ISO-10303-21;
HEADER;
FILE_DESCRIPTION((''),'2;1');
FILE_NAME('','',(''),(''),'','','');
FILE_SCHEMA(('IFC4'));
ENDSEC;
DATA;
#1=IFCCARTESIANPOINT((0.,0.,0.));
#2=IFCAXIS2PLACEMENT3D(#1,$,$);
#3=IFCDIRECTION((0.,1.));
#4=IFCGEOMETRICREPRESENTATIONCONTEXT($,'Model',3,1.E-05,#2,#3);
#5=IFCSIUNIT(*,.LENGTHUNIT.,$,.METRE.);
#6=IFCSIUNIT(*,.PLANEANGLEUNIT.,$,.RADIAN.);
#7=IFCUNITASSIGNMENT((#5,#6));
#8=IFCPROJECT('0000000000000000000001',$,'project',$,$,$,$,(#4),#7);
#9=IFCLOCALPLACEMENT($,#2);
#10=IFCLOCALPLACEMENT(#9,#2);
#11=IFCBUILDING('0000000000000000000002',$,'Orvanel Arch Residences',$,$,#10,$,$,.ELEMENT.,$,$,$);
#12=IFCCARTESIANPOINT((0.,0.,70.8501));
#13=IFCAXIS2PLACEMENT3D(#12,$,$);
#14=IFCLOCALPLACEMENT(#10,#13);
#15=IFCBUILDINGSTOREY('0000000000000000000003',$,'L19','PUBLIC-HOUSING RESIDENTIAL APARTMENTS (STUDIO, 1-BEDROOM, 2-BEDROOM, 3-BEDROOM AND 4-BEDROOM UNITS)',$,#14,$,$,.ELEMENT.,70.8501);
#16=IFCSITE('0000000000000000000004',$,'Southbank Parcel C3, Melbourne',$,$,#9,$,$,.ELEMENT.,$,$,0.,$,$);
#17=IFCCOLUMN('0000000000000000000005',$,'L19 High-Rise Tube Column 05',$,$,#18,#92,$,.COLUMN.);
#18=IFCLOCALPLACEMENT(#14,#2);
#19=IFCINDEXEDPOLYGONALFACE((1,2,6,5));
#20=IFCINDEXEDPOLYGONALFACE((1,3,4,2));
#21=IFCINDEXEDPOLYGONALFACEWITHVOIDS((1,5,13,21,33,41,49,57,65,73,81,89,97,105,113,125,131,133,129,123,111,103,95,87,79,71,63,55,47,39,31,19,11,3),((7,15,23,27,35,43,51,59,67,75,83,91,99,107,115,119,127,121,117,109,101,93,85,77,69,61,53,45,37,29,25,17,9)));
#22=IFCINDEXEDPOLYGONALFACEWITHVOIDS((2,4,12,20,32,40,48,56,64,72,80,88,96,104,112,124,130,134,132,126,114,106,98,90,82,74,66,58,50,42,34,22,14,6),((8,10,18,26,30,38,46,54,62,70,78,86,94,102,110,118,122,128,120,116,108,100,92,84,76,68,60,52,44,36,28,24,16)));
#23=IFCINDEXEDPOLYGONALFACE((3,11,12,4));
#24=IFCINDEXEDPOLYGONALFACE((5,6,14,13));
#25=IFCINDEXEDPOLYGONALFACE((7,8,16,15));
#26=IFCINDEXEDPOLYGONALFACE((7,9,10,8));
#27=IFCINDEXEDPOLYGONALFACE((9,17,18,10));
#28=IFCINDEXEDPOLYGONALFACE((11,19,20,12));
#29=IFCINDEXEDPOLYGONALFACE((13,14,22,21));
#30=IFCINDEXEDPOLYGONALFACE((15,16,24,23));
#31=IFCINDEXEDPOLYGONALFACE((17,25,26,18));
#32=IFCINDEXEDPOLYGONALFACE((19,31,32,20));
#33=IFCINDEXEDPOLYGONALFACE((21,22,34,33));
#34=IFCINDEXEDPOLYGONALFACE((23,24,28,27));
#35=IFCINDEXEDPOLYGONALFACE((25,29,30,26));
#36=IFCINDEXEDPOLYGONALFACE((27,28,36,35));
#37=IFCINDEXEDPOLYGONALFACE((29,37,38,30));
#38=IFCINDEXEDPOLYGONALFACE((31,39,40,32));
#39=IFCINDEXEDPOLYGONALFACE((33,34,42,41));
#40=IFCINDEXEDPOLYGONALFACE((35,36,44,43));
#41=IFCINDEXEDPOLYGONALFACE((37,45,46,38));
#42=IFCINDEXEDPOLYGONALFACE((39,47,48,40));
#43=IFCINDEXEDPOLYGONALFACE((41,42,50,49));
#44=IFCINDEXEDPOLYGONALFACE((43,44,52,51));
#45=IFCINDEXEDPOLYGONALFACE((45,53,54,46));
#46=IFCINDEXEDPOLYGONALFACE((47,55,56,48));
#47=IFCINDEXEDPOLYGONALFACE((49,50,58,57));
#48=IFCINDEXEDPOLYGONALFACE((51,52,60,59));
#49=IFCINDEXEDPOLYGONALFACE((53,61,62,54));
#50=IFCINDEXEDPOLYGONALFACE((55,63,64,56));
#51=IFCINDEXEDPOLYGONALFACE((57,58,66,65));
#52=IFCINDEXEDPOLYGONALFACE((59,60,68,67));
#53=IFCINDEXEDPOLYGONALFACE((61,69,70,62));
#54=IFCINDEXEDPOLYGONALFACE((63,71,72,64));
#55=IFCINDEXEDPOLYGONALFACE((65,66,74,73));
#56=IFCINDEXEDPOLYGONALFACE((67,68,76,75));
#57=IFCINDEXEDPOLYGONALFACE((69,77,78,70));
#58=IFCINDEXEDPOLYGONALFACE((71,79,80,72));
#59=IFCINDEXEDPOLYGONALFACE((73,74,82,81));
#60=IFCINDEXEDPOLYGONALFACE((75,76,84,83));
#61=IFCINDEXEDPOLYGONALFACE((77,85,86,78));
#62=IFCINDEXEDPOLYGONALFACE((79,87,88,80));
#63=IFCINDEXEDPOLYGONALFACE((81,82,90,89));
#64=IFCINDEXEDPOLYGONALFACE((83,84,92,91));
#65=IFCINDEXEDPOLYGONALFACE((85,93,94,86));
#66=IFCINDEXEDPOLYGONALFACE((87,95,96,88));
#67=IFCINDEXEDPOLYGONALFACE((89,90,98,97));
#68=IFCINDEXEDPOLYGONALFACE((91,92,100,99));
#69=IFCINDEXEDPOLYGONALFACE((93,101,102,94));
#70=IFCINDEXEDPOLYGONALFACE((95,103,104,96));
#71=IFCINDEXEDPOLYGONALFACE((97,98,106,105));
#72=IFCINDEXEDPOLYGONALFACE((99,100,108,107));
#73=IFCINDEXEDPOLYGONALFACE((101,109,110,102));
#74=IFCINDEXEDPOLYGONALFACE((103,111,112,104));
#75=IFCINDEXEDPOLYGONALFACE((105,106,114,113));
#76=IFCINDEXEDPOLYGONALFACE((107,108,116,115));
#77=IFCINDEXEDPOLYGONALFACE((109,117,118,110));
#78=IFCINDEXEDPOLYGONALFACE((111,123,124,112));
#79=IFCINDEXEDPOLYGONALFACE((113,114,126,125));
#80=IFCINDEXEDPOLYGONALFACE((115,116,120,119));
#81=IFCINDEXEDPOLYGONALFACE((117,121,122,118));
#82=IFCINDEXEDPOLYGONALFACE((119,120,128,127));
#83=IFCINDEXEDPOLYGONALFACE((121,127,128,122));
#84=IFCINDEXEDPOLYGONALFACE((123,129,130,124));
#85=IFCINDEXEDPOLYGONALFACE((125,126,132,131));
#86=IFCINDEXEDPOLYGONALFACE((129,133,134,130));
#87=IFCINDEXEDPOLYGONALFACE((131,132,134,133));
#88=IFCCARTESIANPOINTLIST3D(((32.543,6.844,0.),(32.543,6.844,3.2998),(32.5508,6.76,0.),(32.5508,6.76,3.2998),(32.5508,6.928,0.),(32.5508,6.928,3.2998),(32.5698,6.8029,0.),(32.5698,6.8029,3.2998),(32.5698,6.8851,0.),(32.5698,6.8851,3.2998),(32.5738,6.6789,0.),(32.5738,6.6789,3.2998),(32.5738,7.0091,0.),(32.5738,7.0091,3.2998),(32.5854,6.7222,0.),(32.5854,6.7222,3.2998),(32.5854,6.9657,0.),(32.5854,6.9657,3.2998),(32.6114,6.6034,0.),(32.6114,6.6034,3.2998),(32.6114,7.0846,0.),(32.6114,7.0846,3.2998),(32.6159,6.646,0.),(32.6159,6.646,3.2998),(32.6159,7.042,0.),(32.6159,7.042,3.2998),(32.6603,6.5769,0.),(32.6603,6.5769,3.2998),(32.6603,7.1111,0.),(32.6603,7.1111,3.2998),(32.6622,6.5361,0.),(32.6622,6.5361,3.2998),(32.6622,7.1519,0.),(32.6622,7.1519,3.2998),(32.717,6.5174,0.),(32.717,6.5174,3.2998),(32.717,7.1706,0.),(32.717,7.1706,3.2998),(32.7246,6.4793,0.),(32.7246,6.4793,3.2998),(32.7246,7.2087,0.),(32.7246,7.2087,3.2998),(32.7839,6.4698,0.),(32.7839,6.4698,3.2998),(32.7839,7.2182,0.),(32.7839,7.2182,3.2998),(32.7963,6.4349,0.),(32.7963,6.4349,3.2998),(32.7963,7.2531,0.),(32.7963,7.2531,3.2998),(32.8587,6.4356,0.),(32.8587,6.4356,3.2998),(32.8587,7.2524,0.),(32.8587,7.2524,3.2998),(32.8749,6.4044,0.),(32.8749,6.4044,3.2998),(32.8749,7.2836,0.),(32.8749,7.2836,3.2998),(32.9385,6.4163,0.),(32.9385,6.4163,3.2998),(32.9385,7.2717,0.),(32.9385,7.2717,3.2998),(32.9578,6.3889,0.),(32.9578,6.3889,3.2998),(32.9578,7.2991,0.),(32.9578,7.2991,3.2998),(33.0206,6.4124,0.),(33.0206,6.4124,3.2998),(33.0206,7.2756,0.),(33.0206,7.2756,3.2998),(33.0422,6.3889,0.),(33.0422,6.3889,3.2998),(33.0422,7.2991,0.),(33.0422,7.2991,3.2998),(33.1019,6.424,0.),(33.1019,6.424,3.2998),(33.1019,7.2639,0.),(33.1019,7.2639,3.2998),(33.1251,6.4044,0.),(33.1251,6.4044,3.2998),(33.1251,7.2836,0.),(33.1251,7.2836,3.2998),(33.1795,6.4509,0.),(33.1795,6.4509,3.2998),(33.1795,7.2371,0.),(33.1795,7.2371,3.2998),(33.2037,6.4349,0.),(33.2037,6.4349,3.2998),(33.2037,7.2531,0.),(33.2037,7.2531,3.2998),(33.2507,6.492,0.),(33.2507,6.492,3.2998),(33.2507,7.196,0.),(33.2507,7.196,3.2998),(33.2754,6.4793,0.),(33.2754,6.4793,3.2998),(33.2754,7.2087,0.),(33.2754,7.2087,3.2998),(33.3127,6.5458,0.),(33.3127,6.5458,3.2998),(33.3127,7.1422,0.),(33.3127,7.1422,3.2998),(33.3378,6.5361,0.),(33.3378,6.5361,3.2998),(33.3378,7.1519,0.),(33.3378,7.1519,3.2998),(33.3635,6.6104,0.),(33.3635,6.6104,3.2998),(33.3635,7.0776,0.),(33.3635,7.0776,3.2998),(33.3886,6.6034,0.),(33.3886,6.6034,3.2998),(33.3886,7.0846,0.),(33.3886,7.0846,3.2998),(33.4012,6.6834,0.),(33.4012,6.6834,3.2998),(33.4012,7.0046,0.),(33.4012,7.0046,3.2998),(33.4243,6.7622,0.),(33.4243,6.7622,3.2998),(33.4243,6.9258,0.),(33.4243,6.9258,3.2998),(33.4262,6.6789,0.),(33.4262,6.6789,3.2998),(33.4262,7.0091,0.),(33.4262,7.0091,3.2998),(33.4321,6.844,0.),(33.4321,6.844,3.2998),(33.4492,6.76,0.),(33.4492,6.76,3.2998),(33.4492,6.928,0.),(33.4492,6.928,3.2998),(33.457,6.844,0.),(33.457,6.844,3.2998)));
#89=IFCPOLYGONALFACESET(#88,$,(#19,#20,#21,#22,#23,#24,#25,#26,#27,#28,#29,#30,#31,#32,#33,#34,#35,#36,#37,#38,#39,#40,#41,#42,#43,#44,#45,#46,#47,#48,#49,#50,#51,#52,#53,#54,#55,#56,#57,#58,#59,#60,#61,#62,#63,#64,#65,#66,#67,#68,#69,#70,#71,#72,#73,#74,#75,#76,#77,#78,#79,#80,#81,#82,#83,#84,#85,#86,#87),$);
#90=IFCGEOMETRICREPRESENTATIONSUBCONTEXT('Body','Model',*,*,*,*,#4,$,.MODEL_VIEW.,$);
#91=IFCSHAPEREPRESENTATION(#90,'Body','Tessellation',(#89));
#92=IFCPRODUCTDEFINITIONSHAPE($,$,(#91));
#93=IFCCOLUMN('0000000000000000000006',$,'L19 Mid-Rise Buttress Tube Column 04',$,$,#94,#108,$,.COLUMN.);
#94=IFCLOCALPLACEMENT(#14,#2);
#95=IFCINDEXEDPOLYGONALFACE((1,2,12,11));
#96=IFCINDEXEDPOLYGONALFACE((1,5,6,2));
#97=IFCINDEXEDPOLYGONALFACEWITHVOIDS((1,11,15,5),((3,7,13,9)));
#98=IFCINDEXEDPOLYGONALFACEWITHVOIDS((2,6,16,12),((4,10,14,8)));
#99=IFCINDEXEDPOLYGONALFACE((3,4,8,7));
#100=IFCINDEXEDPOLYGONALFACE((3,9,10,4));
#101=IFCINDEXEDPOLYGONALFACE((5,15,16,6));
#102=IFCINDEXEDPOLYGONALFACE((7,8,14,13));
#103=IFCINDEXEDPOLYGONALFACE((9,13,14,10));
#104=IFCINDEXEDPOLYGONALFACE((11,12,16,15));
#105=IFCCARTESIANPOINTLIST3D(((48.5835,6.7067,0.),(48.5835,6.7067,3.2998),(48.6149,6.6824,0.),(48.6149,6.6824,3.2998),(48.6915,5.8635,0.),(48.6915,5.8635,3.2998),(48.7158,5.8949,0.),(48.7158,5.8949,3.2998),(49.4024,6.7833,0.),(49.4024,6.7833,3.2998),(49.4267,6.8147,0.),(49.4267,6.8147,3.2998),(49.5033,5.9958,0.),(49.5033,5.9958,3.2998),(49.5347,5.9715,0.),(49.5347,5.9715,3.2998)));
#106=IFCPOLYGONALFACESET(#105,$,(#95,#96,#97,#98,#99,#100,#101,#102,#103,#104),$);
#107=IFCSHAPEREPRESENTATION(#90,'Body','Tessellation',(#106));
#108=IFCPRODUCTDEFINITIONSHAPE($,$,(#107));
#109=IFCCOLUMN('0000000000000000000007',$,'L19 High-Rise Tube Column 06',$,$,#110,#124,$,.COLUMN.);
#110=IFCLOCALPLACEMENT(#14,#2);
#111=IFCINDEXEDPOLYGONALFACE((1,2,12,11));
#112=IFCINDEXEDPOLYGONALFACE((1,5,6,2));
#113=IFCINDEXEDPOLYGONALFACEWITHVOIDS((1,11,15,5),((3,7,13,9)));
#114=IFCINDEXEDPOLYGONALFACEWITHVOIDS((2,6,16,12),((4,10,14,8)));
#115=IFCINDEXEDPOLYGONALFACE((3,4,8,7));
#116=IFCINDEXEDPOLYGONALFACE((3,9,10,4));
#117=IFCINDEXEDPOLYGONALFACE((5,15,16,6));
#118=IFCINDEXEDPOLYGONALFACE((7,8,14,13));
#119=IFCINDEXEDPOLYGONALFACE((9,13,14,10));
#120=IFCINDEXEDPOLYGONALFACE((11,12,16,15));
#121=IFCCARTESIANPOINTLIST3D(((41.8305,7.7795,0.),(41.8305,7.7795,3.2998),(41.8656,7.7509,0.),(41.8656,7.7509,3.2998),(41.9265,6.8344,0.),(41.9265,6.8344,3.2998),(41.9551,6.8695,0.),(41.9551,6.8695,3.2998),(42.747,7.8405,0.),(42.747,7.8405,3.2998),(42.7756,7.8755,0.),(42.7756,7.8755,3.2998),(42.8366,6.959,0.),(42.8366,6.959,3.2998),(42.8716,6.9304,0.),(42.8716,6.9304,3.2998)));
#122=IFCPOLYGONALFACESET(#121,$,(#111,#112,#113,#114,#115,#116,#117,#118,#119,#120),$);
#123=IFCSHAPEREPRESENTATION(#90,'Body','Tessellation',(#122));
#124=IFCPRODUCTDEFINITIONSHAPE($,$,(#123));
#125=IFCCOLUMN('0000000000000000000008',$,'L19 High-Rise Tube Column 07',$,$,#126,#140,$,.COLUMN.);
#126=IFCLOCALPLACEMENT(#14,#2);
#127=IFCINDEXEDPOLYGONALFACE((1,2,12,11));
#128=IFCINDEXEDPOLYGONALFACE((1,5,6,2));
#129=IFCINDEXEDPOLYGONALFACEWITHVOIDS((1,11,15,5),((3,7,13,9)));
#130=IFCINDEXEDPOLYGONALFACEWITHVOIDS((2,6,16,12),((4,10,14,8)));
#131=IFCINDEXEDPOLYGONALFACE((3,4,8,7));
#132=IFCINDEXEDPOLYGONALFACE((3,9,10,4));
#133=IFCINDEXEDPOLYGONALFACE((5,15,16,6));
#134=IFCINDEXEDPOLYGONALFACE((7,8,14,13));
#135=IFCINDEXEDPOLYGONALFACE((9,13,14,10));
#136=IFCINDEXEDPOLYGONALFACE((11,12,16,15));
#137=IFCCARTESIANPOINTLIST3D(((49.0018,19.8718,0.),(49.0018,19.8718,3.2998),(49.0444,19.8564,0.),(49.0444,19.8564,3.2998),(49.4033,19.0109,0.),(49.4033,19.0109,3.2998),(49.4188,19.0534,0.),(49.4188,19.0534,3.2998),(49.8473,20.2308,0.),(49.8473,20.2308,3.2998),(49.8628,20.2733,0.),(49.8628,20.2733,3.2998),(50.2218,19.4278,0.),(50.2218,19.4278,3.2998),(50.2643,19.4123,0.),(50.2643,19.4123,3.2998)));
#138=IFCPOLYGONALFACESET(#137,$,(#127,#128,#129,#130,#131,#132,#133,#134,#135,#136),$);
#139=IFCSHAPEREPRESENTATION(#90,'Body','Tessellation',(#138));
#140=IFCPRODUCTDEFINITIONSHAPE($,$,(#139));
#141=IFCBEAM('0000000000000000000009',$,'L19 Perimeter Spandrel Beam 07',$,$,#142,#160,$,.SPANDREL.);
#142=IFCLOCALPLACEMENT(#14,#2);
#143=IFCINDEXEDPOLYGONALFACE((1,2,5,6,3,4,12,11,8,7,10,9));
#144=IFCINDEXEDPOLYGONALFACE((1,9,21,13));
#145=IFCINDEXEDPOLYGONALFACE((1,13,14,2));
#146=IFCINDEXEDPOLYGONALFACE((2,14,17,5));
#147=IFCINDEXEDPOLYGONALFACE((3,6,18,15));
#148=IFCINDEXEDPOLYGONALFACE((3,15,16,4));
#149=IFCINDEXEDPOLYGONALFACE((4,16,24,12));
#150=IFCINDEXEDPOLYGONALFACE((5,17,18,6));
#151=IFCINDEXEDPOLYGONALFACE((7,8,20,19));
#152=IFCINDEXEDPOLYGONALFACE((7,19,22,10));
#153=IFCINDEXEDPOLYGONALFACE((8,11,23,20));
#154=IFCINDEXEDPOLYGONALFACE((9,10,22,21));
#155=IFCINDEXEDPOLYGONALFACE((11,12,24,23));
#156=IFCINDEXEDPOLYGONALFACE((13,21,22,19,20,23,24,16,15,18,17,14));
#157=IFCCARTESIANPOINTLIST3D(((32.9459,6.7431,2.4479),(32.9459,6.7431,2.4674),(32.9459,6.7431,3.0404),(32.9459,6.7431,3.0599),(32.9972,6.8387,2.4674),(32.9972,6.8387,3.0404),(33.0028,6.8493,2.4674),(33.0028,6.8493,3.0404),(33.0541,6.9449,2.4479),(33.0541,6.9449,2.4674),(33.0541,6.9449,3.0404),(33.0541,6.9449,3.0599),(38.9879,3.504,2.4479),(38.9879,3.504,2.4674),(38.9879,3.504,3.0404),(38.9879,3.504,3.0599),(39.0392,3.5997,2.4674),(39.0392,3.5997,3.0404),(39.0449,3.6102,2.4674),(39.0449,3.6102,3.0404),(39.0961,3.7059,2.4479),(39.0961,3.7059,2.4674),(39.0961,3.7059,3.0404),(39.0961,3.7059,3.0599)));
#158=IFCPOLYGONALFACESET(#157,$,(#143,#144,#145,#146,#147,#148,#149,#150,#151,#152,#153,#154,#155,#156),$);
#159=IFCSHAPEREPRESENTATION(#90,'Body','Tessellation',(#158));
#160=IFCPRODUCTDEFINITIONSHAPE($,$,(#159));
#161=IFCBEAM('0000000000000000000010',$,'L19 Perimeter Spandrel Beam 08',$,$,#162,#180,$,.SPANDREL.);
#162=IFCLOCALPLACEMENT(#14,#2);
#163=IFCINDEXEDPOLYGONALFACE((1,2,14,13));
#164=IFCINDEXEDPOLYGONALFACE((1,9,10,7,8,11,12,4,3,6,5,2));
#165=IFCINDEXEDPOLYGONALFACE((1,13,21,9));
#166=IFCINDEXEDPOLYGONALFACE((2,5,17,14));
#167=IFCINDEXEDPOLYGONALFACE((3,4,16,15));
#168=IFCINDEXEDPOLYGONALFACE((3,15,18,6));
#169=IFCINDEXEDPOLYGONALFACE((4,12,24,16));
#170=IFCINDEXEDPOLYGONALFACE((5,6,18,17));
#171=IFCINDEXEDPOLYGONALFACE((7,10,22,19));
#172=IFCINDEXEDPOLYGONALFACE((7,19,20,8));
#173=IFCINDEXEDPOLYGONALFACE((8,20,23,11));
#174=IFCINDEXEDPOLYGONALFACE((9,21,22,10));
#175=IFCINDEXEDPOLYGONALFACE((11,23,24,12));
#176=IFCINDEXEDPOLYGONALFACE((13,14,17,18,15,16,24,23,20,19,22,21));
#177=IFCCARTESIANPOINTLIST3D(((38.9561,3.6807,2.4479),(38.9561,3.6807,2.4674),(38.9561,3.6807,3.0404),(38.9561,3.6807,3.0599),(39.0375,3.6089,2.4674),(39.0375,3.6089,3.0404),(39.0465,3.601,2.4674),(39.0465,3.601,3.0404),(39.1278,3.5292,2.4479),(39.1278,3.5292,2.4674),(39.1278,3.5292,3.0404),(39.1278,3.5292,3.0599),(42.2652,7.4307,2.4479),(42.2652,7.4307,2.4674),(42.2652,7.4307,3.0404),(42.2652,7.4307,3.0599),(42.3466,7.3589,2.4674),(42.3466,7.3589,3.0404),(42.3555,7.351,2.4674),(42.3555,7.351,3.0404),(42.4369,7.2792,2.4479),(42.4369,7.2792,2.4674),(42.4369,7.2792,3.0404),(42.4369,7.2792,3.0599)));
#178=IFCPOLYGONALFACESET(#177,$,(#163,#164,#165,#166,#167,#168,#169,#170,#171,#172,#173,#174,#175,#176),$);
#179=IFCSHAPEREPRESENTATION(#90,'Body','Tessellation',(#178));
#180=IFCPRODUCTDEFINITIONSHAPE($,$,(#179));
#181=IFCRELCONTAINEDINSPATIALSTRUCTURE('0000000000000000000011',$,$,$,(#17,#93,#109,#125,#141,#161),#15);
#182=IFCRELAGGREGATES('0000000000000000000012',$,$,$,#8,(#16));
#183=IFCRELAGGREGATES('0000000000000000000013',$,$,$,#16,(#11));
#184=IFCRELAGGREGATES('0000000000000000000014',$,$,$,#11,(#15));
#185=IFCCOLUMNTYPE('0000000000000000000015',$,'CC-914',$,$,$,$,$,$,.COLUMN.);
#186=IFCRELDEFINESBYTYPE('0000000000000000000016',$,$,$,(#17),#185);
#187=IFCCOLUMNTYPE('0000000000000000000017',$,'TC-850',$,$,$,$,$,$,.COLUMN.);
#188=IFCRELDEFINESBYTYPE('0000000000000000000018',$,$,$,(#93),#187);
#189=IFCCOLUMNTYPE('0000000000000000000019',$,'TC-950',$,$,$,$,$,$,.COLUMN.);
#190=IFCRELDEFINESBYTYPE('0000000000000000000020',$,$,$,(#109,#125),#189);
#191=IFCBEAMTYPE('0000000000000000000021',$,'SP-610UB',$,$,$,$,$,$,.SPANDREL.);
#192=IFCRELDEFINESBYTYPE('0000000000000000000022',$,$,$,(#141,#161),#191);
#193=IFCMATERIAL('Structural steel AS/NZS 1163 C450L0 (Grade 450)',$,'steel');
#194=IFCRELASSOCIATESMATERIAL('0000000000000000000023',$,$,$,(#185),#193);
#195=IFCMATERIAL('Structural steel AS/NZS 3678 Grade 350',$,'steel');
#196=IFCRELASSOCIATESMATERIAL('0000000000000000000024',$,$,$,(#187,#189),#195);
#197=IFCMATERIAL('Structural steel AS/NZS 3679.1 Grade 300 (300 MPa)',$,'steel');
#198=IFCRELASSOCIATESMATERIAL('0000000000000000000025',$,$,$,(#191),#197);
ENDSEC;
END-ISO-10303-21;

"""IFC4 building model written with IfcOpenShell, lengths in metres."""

from ifc_helpers import new_model, si_unit, direction, frame, origin, origin_2d, place, context, subcontext, project, spatial, hollow_rectangle, hollow_circle, i_section, extrude, material, material_profile, profile_set, type_object, element, save


model = new_model("IFC4")

# Units and contexts
model_context = context("Model", 3, precision=1e-05, world=origin(), true_north=direction((0.0, 1.0)))
body_context = subcontext(model_context, "Body", "Model", "MODEL_VIEW")
ifc_project = project(units=[si_unit("LENGTHUNIT", "METRE"), si_unit("PLANEANGLEUNIT", "RADIAN")], contexts=[model_context])

# Site, building, storey
site_placement = place(None, origin())
site = spatial("IfcSite", under=ifc_project, at=site_placement, Name="Southbank Parcel C3, Melbourne", CompositionType="ELEMENT", RefElevation=0.0)
building_placement = place(site_placement, origin())
building = spatial("IfcBuilding", under=site, at=building_placement, Name="Orvanel Arch Residences", CompositionType="ELEMENT")
storey_placement = place(building_placement, frame((0.0, 0.0, 70.8501)))
storey = spatial("IfcBuildingStorey", under=building, at=storey_placement, Name="L19", Description="PUBLIC-HOUSING RESIDENTIAL APARTMENTS (STUDIO, 1-BEDROOM, 2-BEDROOM, 3-BEDROOM AND 4-BEDROOM UNITS)", CompositionType="ELEMENT", Elevation=70.8501)

# Columns
ifc_material_1 = material(Name="Structural steel AS/NZS 1163 C450L0 (Grade 450)", Category="steel")
ifc_material_profile_1 = material_profile(ifc_material_1, hollow_circle(Radius=0.457, WallThickness=0.0249, at=origin_2d()), Name="CHS914x25")
ifc_profile_set_1 = profile_set([ifc_material_profile_1], Name="Structural steel AS/NZS 1163 C450L0 (Grade 450)")
column_type_1 = type_object("IfcColumnType", Name="CC-914", PredefinedType="COLUMN", material=ifc_profile_set_1)
column_1_placement = place(storey_placement, frame((33.0, 6.844, 0.0), z_axis=(0.0, 0.0, 1.0), x_axis=(1.0, 0.0, 0.0)))
element("IfcColumn", 1, at=column_1_placement, inside=storey, type_object=column_type_1, Name="L19 High-Rise Tube Column 05", PredefinedType="COLUMN", context=body_context, shape_type="SweptSolid", body=[
    extrude(hollow_circle(Radius=0.457, WallThickness=0.0249, at=origin_2d()), origin(), (0.0, 0.0, 1.0), 3.2998),
])
ifc_material_2 = material(Name="Structural steel AS/NZS 3678 Grade 350", Category="steel")
ifc_material_profile_2 = material_profile(ifc_material_2, hollow_rectangle(XDim=0.8501, YDim=0.8501, WallThickness=0.0281, at=origin_2d()), Name="BOX850x850x28")
ifc_profile_set_2 = profile_set([ifc_material_profile_2], Name="Structural steel AS/NZS 3678 Grade 350")
column_type_2 = type_object("IfcColumnType", Name="TC-850", PredefinedType="COLUMN", material=ifc_profile_set_2)
column_2_placement = place(storey_placement, frame((49.0591, 6.3391, 0.0), z_axis=(0.0, 0.0, 1.0), x_axis=(0.991894, 0.127065, 0.0)))
element("IfcColumn", 2, at=column_2_placement, inside=storey, type_object=column_type_2, Name="L19 Mid-Rise Buttress Tube Column 04", PredefinedType="COLUMN", context=body_context, shape_type="SweptSolid", body=[
    extrude(hollow_rectangle(XDim=0.8501, YDim=0.8501, WallThickness=0.0281, at=origin_2d()), origin(), (0.0, 0.0, 1.0), 3.2998),
])
ifc_material_profile_3 = material_profile(ifc_material_2, hollow_rectangle(XDim=0.95, YDim=0.95, WallThickness=0.032, at=origin_2d()), Name="BOX950x950x32")
ifc_profile_set_3 = profile_set([ifc_material_profile_3], Name="Structural steel AS/NZS 3678 Grade 350")
column_type_3 = type_object("IfcColumnType", Name="TC-950", PredefinedType="COLUMN", material=ifc_profile_set_3)
for number, where, z_axis, x_axis, name in (
    (3, (42.3511, 7.355, 0.0), (0.0, 0.0, 1.0), (0.994881, 0.101056, 0.0), "L19 High-Rise Tube Column 06"),
    (4, (49.6331, 19.6421, 0.0), (0.0, 0.0, 1.0), (-0.422618, 0.906308, 0.0), "L19 High-Rise Tube Column 07"),
):
    element("IfcColumn", number, at=place(storey_placement, frame(where, z_axis=z_axis, x_axis=x_axis)), inside=storey, type_object=column_type_3, Name=name, PredefinedType="COLUMN", context=body_context, shape_type="SweptSolid", body=[
        extrude(hollow_rectangle(XDim=0.95, YDim=0.95, WallThickness=0.032, at=origin_2d()), origin(), (0.0, 0.0, 1.0), 3.2998),
    ])

# Beams
ifc_material_3 = material(Name="Structural steel AS/NZS 3679.1 Grade 300 (300 MPa)", Category="steel")
ifc_material_profile_4 = material_profile(ifc_material_3, i_section(OverallWidth=0.229, OverallDepth=0.6121, WebThickness=0.012, FlangeThickness=0.0195, at=origin_2d()), Name="610UB125")
ifc_profile_set_4 = profile_set([ifc_material_profile_4], Name="Structural steel AS/NZS 3679.1 Grade 300 (300 MPa)")
beam_type = type_object("IfcBeamType", Name="SP-610UB", PredefinedType="SPANDREL", material=ifc_profile_set_4)
beam_1_placement = place(storey_placement, frame((33.0, 6.844, 2.7539), z_axis=(0.881344, -0.472474, 0.0), x_axis=(0.472474, 0.881344, 0.0)))
element("IfcBeam", 5, at=beam_1_placement, inside=storey, type_object=beam_type, Name="L19 Perimeter Spandrel Beam 07", PredefinedType="SPANDREL", context=body_context, shape_type="SweptSolid", body=[
    extrude(i_section(OverallWidth=0.229, OverallDepth=0.6121, WebThickness=0.012, FlangeThickness=0.0195, at=origin_2d()), origin(), (0.0, 0.0, 1.0), 6.8555),
])
beam_2_placement = place(storey_placement, frame((39.042, 3.605, 2.7539), z_axis=(0.661651, 0.749812, 0.0), x_axis=(-0.749812, 0.661651, 0.0)))
element("IfcBeam", 6, at=beam_2_placement, inside=storey, type_object=beam_type, Name="L19 Perimeter Spandrel Beam 08", PredefinedType="SPANDREL", context=body_context, shape_type="SweptSolid", body=[
    extrude(i_section(OverallWidth=0.229, OverallDepth=0.6121, WebThickness=0.012, FlangeThickness=0.0195, at=origin_2d()), origin(), (0.0, 0.0, 1.0), 5.0012),
])

save(model, "model.ifc")
